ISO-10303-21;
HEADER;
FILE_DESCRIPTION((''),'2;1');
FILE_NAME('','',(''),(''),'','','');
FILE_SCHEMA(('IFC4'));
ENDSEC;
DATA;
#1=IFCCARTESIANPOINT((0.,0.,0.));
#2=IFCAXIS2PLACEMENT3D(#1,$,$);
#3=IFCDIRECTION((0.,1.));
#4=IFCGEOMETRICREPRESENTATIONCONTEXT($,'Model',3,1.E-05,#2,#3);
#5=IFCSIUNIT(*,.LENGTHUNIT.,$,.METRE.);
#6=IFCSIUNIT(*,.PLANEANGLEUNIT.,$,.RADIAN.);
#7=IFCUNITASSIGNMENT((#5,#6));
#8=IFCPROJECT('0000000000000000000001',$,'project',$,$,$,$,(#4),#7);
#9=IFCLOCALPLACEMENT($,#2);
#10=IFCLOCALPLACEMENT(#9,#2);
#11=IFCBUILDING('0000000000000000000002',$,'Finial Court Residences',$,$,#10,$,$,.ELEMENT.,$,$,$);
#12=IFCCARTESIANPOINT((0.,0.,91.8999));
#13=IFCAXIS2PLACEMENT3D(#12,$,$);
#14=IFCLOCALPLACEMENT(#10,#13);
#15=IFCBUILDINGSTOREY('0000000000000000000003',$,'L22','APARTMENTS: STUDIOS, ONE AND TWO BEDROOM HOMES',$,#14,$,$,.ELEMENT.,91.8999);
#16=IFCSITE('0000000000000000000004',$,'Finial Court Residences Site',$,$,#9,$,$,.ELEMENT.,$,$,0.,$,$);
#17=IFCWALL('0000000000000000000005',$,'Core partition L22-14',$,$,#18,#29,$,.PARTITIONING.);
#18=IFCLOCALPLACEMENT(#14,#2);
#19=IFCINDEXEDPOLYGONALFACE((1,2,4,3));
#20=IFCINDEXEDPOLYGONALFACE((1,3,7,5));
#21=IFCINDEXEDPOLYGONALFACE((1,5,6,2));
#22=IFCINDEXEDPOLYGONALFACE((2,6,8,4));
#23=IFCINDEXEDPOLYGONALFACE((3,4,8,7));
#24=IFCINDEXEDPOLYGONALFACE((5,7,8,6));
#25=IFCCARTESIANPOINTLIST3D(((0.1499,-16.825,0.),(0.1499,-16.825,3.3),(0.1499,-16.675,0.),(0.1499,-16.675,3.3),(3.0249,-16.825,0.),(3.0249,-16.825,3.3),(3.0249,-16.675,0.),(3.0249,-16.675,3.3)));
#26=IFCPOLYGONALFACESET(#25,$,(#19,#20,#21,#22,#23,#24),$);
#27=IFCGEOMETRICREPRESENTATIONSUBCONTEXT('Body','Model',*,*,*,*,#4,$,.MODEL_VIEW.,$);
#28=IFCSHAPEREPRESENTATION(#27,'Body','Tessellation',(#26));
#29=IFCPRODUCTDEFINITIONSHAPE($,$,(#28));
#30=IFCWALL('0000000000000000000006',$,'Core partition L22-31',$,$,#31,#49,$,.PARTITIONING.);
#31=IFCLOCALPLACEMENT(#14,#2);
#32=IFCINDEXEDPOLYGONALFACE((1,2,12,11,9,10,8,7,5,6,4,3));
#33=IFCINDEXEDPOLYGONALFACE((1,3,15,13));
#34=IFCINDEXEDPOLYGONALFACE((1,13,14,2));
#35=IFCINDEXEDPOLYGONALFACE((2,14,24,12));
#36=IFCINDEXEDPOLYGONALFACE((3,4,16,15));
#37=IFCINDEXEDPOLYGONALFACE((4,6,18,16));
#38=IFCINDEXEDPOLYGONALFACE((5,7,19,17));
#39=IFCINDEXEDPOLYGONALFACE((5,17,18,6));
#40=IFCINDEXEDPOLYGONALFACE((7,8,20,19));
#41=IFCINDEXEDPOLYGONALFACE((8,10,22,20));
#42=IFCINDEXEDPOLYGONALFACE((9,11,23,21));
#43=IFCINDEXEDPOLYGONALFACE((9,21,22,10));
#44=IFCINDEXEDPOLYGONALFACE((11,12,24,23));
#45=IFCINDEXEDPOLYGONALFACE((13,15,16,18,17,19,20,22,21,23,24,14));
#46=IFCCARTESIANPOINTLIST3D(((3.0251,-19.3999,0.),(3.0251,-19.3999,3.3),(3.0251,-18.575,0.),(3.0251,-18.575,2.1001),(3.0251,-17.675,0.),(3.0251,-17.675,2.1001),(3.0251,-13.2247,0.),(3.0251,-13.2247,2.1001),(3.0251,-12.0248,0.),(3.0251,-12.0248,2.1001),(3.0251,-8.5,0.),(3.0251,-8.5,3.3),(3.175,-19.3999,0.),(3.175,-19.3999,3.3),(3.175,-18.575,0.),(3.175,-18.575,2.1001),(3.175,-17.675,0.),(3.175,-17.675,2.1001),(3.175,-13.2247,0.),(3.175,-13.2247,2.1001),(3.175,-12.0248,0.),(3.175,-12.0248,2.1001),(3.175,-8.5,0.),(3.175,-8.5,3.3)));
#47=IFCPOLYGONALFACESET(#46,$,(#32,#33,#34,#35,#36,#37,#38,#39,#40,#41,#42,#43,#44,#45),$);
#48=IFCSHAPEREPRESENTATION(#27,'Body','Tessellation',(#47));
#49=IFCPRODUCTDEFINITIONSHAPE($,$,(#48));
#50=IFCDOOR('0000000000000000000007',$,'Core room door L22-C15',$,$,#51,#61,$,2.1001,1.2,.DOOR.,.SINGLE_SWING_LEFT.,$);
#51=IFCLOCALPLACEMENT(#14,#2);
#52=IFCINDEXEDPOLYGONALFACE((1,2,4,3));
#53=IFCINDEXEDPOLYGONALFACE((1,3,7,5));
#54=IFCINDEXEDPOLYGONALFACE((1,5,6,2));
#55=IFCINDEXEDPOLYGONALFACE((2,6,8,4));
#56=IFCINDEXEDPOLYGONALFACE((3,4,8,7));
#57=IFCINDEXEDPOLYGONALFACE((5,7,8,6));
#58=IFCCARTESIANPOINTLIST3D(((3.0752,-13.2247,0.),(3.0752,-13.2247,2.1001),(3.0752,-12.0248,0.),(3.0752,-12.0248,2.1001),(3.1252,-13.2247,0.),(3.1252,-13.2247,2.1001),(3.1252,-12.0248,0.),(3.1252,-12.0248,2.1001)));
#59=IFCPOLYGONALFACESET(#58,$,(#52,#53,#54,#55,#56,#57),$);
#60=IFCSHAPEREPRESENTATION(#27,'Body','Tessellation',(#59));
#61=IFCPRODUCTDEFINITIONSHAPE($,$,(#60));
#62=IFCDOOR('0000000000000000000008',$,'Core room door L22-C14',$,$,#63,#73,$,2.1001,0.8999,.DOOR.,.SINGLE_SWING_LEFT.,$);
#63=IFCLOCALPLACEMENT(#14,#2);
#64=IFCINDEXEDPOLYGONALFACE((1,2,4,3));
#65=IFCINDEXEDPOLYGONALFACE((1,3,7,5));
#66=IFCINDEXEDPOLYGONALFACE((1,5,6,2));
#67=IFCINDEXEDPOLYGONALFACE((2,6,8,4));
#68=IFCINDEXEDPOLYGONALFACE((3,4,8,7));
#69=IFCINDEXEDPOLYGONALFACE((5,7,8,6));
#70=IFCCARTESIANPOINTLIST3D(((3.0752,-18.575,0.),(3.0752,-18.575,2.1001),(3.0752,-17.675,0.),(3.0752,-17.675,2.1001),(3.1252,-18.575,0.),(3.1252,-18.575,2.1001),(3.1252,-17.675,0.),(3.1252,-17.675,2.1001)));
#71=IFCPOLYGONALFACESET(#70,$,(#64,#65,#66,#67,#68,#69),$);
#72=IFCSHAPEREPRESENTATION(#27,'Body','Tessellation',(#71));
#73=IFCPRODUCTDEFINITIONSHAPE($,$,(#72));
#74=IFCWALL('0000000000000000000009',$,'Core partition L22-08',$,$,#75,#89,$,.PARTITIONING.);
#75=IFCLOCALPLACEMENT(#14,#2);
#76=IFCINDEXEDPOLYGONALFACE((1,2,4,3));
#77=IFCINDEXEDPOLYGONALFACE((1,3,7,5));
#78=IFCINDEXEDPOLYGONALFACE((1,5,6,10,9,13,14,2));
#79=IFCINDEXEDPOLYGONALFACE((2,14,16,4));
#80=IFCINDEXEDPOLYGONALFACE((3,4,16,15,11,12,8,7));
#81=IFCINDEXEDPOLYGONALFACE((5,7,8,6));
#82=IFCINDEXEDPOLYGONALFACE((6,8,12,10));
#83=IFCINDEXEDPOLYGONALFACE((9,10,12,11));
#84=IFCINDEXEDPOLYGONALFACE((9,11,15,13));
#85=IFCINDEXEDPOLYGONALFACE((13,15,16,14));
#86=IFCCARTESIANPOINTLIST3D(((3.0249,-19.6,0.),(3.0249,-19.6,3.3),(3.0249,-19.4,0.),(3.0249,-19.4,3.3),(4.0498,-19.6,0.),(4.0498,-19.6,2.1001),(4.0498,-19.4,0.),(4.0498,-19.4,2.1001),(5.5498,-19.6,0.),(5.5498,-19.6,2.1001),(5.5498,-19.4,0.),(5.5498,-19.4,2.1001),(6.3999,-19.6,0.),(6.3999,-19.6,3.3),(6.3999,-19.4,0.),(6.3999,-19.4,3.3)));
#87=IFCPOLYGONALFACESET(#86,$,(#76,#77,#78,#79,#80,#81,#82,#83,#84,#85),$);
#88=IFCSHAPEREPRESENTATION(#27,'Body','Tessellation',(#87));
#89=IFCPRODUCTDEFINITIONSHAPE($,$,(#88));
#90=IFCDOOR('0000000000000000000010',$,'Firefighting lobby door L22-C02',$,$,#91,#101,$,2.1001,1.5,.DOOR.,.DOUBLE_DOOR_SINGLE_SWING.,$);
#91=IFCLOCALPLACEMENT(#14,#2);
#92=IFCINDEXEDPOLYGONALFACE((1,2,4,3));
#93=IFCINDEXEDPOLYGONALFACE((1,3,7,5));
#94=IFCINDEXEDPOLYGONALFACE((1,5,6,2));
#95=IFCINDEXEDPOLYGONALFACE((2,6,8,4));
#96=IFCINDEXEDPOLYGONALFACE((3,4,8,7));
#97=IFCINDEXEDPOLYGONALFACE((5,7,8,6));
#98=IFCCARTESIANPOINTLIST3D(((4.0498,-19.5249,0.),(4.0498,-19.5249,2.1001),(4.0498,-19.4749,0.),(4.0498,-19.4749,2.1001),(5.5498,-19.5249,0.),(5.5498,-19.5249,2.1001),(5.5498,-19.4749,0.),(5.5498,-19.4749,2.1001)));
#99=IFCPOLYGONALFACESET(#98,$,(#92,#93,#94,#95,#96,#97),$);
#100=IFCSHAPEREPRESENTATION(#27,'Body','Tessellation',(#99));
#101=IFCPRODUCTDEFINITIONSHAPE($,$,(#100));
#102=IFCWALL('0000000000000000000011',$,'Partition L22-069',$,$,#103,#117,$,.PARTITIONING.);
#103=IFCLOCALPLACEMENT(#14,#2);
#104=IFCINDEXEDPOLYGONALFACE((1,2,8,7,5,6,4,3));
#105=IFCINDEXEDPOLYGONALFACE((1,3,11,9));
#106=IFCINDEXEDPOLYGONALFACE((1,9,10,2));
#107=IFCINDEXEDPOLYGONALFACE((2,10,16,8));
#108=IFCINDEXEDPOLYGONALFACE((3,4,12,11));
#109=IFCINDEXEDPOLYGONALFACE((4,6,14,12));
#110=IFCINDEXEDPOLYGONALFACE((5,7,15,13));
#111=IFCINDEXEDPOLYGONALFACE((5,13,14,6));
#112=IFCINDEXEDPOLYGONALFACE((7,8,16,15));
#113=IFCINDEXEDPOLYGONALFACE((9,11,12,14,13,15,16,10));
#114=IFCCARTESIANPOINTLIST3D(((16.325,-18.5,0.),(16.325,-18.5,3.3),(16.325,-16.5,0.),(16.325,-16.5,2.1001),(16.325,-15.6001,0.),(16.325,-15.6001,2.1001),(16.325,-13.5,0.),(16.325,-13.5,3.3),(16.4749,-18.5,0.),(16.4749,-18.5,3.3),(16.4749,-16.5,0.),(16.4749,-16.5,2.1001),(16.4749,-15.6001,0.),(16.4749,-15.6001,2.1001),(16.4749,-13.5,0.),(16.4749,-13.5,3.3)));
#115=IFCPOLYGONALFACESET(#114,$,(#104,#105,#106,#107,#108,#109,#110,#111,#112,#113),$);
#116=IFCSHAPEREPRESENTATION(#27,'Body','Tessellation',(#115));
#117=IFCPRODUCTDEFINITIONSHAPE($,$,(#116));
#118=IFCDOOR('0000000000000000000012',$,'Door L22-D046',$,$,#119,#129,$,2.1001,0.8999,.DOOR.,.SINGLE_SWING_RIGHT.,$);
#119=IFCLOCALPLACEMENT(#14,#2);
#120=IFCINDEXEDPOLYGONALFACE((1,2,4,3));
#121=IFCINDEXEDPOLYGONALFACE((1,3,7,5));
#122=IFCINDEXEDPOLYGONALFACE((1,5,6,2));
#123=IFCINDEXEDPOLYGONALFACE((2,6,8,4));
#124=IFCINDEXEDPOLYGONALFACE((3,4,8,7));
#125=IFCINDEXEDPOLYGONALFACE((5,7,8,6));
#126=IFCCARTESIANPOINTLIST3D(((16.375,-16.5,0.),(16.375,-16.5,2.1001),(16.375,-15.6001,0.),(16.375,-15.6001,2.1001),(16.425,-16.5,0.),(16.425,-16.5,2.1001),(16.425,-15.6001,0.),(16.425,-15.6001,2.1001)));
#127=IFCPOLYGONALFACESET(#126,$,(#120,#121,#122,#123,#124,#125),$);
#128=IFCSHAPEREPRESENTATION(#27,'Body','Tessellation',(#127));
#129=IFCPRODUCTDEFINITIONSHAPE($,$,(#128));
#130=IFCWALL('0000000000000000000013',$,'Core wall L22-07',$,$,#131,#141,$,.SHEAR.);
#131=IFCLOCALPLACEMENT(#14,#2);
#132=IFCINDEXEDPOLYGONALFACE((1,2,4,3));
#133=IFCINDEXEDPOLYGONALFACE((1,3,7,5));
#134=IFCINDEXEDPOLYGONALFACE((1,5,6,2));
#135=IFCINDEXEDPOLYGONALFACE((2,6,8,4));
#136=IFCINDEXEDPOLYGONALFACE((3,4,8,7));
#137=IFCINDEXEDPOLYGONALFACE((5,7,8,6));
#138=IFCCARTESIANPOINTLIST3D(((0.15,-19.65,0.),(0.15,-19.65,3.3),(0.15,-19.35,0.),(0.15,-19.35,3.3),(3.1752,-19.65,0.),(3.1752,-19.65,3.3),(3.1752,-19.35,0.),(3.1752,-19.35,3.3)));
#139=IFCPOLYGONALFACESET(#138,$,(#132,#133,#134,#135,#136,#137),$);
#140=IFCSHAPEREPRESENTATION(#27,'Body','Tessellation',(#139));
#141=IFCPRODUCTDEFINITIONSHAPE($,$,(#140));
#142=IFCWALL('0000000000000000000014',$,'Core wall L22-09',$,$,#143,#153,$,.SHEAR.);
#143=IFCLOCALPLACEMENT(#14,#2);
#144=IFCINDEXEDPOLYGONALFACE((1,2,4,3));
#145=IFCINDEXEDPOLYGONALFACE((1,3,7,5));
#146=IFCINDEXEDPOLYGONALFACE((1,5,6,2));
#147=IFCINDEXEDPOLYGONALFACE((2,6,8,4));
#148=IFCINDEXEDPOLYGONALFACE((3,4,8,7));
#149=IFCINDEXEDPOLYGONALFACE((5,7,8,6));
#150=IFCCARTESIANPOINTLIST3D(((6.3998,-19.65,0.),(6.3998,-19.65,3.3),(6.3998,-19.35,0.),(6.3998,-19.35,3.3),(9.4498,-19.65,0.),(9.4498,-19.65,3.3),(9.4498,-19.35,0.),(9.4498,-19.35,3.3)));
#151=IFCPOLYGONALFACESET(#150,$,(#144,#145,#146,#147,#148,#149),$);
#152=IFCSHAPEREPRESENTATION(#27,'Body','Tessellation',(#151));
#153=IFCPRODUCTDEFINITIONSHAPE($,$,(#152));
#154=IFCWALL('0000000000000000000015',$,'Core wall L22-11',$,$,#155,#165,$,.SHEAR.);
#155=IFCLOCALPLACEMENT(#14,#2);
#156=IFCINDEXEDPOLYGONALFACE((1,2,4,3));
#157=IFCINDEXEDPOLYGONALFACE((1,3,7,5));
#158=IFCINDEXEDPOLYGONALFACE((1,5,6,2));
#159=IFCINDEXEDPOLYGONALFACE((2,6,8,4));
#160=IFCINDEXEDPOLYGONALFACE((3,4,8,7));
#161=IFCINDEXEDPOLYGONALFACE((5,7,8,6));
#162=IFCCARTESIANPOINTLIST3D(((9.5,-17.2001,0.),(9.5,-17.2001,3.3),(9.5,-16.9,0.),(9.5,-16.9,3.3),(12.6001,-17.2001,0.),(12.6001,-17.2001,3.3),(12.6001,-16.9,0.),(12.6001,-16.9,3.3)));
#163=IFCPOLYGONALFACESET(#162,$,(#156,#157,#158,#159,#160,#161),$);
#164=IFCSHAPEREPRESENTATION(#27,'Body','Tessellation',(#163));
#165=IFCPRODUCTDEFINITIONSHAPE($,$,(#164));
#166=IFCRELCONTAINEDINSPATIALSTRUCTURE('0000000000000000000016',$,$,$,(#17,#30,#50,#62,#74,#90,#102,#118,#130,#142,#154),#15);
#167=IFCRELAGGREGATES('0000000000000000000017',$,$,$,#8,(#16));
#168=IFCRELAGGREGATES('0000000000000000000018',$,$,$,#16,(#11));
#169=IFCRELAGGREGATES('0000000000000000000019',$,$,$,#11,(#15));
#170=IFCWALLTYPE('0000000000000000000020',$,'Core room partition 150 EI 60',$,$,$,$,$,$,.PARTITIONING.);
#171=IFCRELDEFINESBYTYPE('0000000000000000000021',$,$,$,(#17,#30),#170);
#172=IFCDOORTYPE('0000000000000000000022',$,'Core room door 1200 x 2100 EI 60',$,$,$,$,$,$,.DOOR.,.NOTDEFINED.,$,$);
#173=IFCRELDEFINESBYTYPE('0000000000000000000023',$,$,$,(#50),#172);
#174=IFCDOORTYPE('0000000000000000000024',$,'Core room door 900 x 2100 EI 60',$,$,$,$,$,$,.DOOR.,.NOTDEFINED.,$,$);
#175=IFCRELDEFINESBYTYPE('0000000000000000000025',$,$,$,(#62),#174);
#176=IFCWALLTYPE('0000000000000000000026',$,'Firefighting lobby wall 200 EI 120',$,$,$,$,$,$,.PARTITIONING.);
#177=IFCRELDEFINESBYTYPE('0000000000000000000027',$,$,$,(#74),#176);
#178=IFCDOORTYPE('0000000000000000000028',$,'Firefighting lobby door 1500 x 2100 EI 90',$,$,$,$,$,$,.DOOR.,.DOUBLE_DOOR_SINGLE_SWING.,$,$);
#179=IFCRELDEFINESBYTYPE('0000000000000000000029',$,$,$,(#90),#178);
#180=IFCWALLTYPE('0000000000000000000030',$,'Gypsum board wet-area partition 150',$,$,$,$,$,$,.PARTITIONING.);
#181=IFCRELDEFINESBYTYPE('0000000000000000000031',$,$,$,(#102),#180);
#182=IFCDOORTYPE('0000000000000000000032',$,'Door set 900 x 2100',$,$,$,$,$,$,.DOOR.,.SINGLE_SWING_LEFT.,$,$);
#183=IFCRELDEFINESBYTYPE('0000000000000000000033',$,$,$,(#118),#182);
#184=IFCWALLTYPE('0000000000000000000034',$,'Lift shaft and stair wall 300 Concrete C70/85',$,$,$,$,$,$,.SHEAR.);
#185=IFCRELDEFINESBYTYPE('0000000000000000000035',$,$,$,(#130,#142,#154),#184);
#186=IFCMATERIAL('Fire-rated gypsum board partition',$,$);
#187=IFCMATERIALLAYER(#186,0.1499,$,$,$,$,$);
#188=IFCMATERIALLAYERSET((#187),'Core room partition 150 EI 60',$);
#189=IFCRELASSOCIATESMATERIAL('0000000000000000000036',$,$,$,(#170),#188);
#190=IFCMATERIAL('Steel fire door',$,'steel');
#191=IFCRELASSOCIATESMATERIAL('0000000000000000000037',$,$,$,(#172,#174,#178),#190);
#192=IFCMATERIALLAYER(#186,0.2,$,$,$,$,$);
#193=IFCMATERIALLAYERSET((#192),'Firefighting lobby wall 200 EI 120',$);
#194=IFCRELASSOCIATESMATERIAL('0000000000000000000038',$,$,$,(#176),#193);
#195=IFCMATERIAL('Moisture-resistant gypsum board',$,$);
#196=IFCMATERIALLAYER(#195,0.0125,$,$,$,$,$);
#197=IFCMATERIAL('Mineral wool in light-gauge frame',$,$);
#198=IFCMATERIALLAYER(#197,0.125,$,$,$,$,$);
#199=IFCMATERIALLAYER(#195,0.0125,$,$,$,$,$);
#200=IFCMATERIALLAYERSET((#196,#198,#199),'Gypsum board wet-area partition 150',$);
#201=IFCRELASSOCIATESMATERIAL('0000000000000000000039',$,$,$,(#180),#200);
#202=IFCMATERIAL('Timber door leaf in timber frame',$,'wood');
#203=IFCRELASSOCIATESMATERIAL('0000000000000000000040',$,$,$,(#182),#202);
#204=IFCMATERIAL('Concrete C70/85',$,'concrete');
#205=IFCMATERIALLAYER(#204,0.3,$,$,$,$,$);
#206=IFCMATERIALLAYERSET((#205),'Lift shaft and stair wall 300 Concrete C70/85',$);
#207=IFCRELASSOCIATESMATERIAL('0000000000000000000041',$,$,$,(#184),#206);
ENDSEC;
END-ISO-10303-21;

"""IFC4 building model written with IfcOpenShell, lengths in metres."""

from ifc_helpers import new_model, si_unit, direction, frame, frame_2d, origin, place, context, subcontext, project, spatial, rectangle, extrude, material, layer, layer_set, type_object, element, fill, save


model = new_model("IFC4")

# Units and contexts
model_context = context("Model", 3, precision=1e-05, world=origin(), true_north=direction((0.0, 1.0)))
body_context = subcontext(model_context, "Body", "Model", "MODEL_VIEW")
ifc_project = project(units=[si_unit("LENGTHUNIT", "METRE"), si_unit("PLANEANGLEUNIT", "RADIAN")], contexts=[model_context])

# Site, building, storey
site_placement = place(None, origin())
site = spatial("IfcSite", under=ifc_project, at=site_placement, Name="Finial Court Residences Site", CompositionType="ELEMENT", RefElevation=0.0)
building_placement = place(site_placement, origin())
building = spatial("IfcBuilding", under=site, at=building_placement, Name="Finial Court Residences", CompositionType="ELEMENT")
storey_placement = place(building_placement, frame((0.0, 0.0, 91.8999)))
storey = spatial("IfcBuildingStorey", under=building, at=storey_placement, Name="L22", Description="APARTMENTS: STUDIOS, ONE AND TWO BEDROOM HOMES", CompositionType="ELEMENT", Elevation=91.8999)

# Wall
ifc_material_1 = material(Name="Fire-rated gypsum board partition")
ifc_layer_1 = layer(ifc_material_1, 0.1499)
ifc_layer_set_1 = layer_set([ifc_layer_1], Name="Core room partition 150 EI 60")
wall_type_1 = type_object("IfcWallType", Name="Core room partition 150 EI 60", PredefinedType="PARTITIONING", material=ifc_layer_set_1)
wall_1_placement = place(storey_placement, frame((0.1499, -16.75, 0.0), z_axis=(0.0, 0.0, 1.0), x_axis=(1.0, 0.0, 0.0)))
element("IfcWall", 1, at=wall_1_placement, inside=storey, type_object=wall_type_1, Name="Core partition L22-14", PredefinedType="PARTITIONING", context=body_context, shape_type="SweptSolid", body=[
    extrude(rectangle(XDim=2.875, YDim=0.1499, at=frame_2d((1.4375, 0.0))), origin(), (0.0, 0.0, 1.0), 3.3),
])

# Wall, openings, doors
wall_2_placement = place(storey_placement, frame((3.1001, -19.3999, 0.0), z_axis=(0.0, 0.0, 1.0), x_axis=(0.0, 1.0, 0.0)))
wall_2 = element("IfcWall", 2, at=wall_2_placement, inside=storey, type_object=wall_type_1, Name="Core partition L22-31", PredefinedType="PARTITIONING", context=body_context, shape_type="SweptSolid", body=[
    extrude(rectangle(XDim=10.8999, YDim=0.1499, at=frame_2d((5.45, 0.0))), origin(), (0.0, 0.0, 1.0), 3.3),
])
opening_1_placement = place(wall_2_placement, frame((0.825, 0.0, 0.0)))
opening_1 = element("IfcOpeningElement", 3, at=opening_1_placement, cuts=wall_2, PredefinedType="OPENING", context=body_context, shape_type="SweptSolid", body=[
    extrude(rectangle(XDim=0.8999, YDim=2.1001, at=frame_2d((0.45, 1.05))), frame((0.0, 0.085, 0.0), z_axis=(0.0, -1.0, 0.0), x_axis=(1.0, 0.0, 0.0)), (0.0, 0.0, 1.0), 0.1699),
])
opening_2_placement = place(wall_2_placement, frame((6.175, 0.0, 0.0)))
opening_2 = element("IfcOpeningElement", 4, at=opening_2_placement, cuts=wall_2, PredefinedType="OPENING", context=body_context, shape_type="SweptSolid", body=[
    extrude(rectangle(XDim=1.2, YDim=2.1001, at=frame_2d((0.6001, 1.05))), frame((0.0, 0.085, 0.0), z_axis=(0.0, -1.0, 0.0), x_axis=(1.0, 0.0, 0.0)), (0.0, 0.0, 1.0), 0.1699),
])
ifc_material_2 = material(Name="Steel fire door", Category="steel")
door_type_1 = type_object("IfcDoorType", Name="Core room door 1200 x 2100 EI 60", OperationType="NOTDEFINED", PredefinedType="DOOR", material=ifc_material_2)
door_1_placement = place(opening_2_placement, origin())
door_1 = element("IfcDoor", 5, at=door_1_placement, inside=storey, type_object=door_type_1, Name="Core room door L22-C15", OperationType="SINGLE_SWING_LEFT", OverallHeight=2.1001, OverallWidth=1.2, PredefinedType="DOOR", context=body_context, shape_type="SweptSolid", body=[
    extrude(rectangle(XDim=1.2, YDim=2.1001, at=frame_2d((0.6001, 1.05))), frame((0.0, 0.0249, 0.0), z_axis=(0.0, -1.0, 0.0), x_axis=(1.0, 0.0, 0.0)), (0.0, 0.0, 1.0), 0.05),
])
fill(opening_2, door_1)
door_type_2 = type_object("IfcDoorType", Name="Core room door 900 x 2100 EI 60", OperationType="NOTDEFINED", PredefinedType="DOOR", material=ifc_material_2)
door_2_placement = place(opening_1_placement, origin())
door_2 = element("IfcDoor", 6, at=door_2_placement, inside=storey, type_object=door_type_2, Name="Core room door L22-C14", OperationType="SINGLE_SWING_LEFT", OverallHeight=2.1001, OverallWidth=0.8999, PredefinedType="DOOR", context=body_context, shape_type="SweptSolid", body=[
    extrude(rectangle(XDim=0.8999, YDim=2.1001, at=frame_2d((0.45, 1.05))), frame((0.0, 0.0249, 0.0), z_axis=(0.0, -1.0, 0.0), x_axis=(1.0, 0.0, 0.0)), (0.0, 0.0, 1.0), 0.05),
])
fill(opening_1, door_2)

# Walls, openings, doors
ifc_layer_2 = layer(ifc_material_1, 0.2)
ifc_layer_set_2 = layer_set([ifc_layer_2], Name="Firefighting lobby wall 200 EI 120")
wall_type_2 = type_object("IfcWallType", Name="Firefighting lobby wall 200 EI 120", PredefinedType="PARTITIONING", material=ifc_layer_set_2)
wall_3_placement = place(storey_placement, frame((6.3999, -19.5, 0.0), z_axis=(0.0, 0.0, 1.0), x_axis=(-1.0, 0.0, 0.0)))
wall_3 = element("IfcWall", 7, at=wall_3_placement, inside=storey, type_object=wall_type_2, Name="Core partition L22-08", PredefinedType="PARTITIONING", context=body_context, shape_type="SweptSolid", body=[
    extrude(rectangle(XDim=3.375, YDim=0.2, at=frame_2d((1.6875, 0.0))), origin(), (0.0, 0.0, 1.0), 3.3),
])
opening_3_placement = place(wall_3_placement, frame((0.8501, 0.0, 0.0)))
opening_3 = element("IfcOpeningElement", 8, at=opening_3_placement, cuts=wall_3, PredefinedType="OPENING", context=body_context, shape_type="SweptSolid", body=[
    extrude(rectangle(XDim=1.5, YDim=2.1001, at=frame_2d((0.75, 1.05))), frame((0.0, 0.1099, 0.0), z_axis=(0.0, -1.0, 0.0), x_axis=(1.0, 0.0, 0.0)), (0.0, 0.0, 1.0), 0.22),
])
door_type_3 = type_object("IfcDoorType", Name="Firefighting lobby door 1500 x 2100 EI 90", OperationType="DOUBLE_DOOR_SINGLE_SWING", PredefinedType="DOOR", material=ifc_material_2)
door_3_placement = place(opening_3_placement, origin())
door_3 = element("IfcDoor", 9, at=door_3_placement, inside=storey, type_object=door_type_3, Name="Firefighting lobby door L22-C02", OperationType="DOUBLE_DOOR_SINGLE_SWING", OverallHeight=2.1001, OverallWidth=1.5, PredefinedType="DOOR", context=body_context, shape_type="SweptSolid", body=[
    extrude(rectangle(XDim=1.5, YDim=2.1001, at=frame_2d((0.75, 1.05))), frame((0.0, 0.0249, 0.0), z_axis=(0.0, -1.0, 0.0), x_axis=(1.0, 0.0, 0.0)), (0.0, 0.0, 1.0), 0.05),
])
fill(opening_3, door_3)
ifc_material_3 = material(Name="Moisture-resistant gypsum board")
ifc_layer_3 = layer(ifc_material_3, 0.0125)
ifc_material_4 = material(Name="Mineral wool in light-gauge frame")
ifc_layer_4 = layer(ifc_material_4, 0.125)
ifc_layer_5 = layer(ifc_material_3, 0.0125)
ifc_layer_set_3 = layer_set([ifc_layer_3, ifc_layer_4, ifc_layer_5], Name="Gypsum board wet-area partition 150")
wall_type_3 = type_object("IfcWallType", Name="Gypsum board wet-area partition 150", PredefinedType="PARTITIONING", material=ifc_layer_set_3)
wall_4_placement = place(storey_placement, frame((16.3999, -18.5, 0.0), z_axis=(0.0, 0.0, 1.0), x_axis=(0.0, 1.0, 0.0)))
wall_4 = element("IfcWall", 10, at=wall_4_placement, inside=storey, type_object=wall_type_3, Name="Partition L22-069", PredefinedType="PARTITIONING", context=body_context, shape_type="SweptSolid", body=[
    extrude(rectangle(XDim=5.0, YDim=0.1499, at=frame_2d((2.5, 0.0))), origin(), (0.0, 0.0, 1.0), 3.3),
])
opening_4_placement = place(wall_4_placement, frame((2.0, 0.0, 0.0)))
opening_4 = element("IfcOpeningElement", 11, at=opening_4_placement, cuts=wall_4, PredefinedType="OPENING", context=body_context, shape_type="SweptSolid", body=[
    extrude(rectangle(XDim=0.8999, YDim=2.1001, at=frame_2d((0.45, 1.05))), frame((0.0, 0.085, 0.0), z_axis=(0.0, -1.0, 0.0), x_axis=(1.0, 0.0, 0.0)), (0.0, 0.0, 1.0), 0.1699),
])
ifc_material_5 = material(Name="Timber door leaf in timber frame", Category="wood")
door_type_4 = type_object("IfcDoorType", Name="Door set 900 x 2100", OperationType="SINGLE_SWING_LEFT", PredefinedType="DOOR", material=ifc_material_5)
door_4_placement = place(opening_4_placement, origin())
door_4 = element("IfcDoor", 12, at=door_4_placement, inside=storey, type_object=door_type_4, Name="Door L22-D046", OperationType="SINGLE_SWING_RIGHT", OverallHeight=2.1001, OverallWidth=0.8999, PredefinedType="DOOR", context=body_context, shape_type="SweptSolid", body=[
    extrude(rectangle(XDim=0.8999, YDim=2.1001, at=frame_2d((0.45, 1.05))), frame((0.0, 0.0249, 0.0), z_axis=(0.0, -1.0, 0.0), x_axis=(1.0, 0.0, 0.0)), (0.0, 0.0, 1.0), 0.05),
])
fill(opening_4, door_4)

# Walls
ifc_material_6 = material(Name="Concrete C70/85", Category="concrete")
ifc_layer_6 = layer(ifc_material_6, 0.3)
ifc_layer_set_4 = layer_set([ifc_layer_6], Name="Lift shaft and stair wall 300 Concrete C70/85")
wall_type_4 = type_object("IfcWallType", Name="Lift shaft and stair wall 300 Concrete C70/85", PredefinedType="SHEAR", material=ifc_layer_set_4)
wall_5_placement = place(storey_placement, frame((0.1499, -19.5, 0.0), z_axis=(0.0, 0.0, 1.0), x_axis=(1.0, 0.0, 0.0)))
element("IfcWall", 13, at=wall_5_placement, inside=storey, type_object=wall_type_4, Name="Core wall L22-07", PredefinedType="SHEAR", context=body_context, shape_type="SweptSolid", body=[
    extrude(rectangle(XDim=3.0251, YDim=0.3, at=frame_2d((1.5127, 0.0))), origin(), (0.0, 0.0, 1.0), 3.3),
])
wall_6_placement = place(storey_placement, frame((6.3999, -19.5, 0.0), z_axis=(0.0, 0.0, 1.0), x_axis=(1.0, 0.0, 0.0)))
element("IfcWall", 14, at=wall_6_placement, inside=storey, type_object=wall_type_4, Name="Core wall L22-09", PredefinedType="SHEAR", context=body_context, shape_type="SweptSolid", body=[
    extrude(rectangle(XDim=3.05, YDim=0.3, at=frame_2d((1.5249, 0.0))), origin(), (0.0, 0.0, 1.0), 3.3),
])
wall_7_placement = place(storey_placement, frame((9.5, -17.05, 0.0), z_axis=(0.0, 0.0, 1.0), x_axis=(1.0, 0.0, 0.0)))
element("IfcWall", 15, at=wall_7_placement, inside=storey, type_object=wall_type_4, Name="Core wall L22-11", PredefinedType="SHEAR", context=body_context, shape_type="SweptSolid", body=[
    extrude(rectangle(XDim=3.1001, YDim=0.3, at=frame_2d((1.55, 0.0))), origin(), (0.0, 0.0, 1.0), 3.3),
])

save(model, "model.ifc")
